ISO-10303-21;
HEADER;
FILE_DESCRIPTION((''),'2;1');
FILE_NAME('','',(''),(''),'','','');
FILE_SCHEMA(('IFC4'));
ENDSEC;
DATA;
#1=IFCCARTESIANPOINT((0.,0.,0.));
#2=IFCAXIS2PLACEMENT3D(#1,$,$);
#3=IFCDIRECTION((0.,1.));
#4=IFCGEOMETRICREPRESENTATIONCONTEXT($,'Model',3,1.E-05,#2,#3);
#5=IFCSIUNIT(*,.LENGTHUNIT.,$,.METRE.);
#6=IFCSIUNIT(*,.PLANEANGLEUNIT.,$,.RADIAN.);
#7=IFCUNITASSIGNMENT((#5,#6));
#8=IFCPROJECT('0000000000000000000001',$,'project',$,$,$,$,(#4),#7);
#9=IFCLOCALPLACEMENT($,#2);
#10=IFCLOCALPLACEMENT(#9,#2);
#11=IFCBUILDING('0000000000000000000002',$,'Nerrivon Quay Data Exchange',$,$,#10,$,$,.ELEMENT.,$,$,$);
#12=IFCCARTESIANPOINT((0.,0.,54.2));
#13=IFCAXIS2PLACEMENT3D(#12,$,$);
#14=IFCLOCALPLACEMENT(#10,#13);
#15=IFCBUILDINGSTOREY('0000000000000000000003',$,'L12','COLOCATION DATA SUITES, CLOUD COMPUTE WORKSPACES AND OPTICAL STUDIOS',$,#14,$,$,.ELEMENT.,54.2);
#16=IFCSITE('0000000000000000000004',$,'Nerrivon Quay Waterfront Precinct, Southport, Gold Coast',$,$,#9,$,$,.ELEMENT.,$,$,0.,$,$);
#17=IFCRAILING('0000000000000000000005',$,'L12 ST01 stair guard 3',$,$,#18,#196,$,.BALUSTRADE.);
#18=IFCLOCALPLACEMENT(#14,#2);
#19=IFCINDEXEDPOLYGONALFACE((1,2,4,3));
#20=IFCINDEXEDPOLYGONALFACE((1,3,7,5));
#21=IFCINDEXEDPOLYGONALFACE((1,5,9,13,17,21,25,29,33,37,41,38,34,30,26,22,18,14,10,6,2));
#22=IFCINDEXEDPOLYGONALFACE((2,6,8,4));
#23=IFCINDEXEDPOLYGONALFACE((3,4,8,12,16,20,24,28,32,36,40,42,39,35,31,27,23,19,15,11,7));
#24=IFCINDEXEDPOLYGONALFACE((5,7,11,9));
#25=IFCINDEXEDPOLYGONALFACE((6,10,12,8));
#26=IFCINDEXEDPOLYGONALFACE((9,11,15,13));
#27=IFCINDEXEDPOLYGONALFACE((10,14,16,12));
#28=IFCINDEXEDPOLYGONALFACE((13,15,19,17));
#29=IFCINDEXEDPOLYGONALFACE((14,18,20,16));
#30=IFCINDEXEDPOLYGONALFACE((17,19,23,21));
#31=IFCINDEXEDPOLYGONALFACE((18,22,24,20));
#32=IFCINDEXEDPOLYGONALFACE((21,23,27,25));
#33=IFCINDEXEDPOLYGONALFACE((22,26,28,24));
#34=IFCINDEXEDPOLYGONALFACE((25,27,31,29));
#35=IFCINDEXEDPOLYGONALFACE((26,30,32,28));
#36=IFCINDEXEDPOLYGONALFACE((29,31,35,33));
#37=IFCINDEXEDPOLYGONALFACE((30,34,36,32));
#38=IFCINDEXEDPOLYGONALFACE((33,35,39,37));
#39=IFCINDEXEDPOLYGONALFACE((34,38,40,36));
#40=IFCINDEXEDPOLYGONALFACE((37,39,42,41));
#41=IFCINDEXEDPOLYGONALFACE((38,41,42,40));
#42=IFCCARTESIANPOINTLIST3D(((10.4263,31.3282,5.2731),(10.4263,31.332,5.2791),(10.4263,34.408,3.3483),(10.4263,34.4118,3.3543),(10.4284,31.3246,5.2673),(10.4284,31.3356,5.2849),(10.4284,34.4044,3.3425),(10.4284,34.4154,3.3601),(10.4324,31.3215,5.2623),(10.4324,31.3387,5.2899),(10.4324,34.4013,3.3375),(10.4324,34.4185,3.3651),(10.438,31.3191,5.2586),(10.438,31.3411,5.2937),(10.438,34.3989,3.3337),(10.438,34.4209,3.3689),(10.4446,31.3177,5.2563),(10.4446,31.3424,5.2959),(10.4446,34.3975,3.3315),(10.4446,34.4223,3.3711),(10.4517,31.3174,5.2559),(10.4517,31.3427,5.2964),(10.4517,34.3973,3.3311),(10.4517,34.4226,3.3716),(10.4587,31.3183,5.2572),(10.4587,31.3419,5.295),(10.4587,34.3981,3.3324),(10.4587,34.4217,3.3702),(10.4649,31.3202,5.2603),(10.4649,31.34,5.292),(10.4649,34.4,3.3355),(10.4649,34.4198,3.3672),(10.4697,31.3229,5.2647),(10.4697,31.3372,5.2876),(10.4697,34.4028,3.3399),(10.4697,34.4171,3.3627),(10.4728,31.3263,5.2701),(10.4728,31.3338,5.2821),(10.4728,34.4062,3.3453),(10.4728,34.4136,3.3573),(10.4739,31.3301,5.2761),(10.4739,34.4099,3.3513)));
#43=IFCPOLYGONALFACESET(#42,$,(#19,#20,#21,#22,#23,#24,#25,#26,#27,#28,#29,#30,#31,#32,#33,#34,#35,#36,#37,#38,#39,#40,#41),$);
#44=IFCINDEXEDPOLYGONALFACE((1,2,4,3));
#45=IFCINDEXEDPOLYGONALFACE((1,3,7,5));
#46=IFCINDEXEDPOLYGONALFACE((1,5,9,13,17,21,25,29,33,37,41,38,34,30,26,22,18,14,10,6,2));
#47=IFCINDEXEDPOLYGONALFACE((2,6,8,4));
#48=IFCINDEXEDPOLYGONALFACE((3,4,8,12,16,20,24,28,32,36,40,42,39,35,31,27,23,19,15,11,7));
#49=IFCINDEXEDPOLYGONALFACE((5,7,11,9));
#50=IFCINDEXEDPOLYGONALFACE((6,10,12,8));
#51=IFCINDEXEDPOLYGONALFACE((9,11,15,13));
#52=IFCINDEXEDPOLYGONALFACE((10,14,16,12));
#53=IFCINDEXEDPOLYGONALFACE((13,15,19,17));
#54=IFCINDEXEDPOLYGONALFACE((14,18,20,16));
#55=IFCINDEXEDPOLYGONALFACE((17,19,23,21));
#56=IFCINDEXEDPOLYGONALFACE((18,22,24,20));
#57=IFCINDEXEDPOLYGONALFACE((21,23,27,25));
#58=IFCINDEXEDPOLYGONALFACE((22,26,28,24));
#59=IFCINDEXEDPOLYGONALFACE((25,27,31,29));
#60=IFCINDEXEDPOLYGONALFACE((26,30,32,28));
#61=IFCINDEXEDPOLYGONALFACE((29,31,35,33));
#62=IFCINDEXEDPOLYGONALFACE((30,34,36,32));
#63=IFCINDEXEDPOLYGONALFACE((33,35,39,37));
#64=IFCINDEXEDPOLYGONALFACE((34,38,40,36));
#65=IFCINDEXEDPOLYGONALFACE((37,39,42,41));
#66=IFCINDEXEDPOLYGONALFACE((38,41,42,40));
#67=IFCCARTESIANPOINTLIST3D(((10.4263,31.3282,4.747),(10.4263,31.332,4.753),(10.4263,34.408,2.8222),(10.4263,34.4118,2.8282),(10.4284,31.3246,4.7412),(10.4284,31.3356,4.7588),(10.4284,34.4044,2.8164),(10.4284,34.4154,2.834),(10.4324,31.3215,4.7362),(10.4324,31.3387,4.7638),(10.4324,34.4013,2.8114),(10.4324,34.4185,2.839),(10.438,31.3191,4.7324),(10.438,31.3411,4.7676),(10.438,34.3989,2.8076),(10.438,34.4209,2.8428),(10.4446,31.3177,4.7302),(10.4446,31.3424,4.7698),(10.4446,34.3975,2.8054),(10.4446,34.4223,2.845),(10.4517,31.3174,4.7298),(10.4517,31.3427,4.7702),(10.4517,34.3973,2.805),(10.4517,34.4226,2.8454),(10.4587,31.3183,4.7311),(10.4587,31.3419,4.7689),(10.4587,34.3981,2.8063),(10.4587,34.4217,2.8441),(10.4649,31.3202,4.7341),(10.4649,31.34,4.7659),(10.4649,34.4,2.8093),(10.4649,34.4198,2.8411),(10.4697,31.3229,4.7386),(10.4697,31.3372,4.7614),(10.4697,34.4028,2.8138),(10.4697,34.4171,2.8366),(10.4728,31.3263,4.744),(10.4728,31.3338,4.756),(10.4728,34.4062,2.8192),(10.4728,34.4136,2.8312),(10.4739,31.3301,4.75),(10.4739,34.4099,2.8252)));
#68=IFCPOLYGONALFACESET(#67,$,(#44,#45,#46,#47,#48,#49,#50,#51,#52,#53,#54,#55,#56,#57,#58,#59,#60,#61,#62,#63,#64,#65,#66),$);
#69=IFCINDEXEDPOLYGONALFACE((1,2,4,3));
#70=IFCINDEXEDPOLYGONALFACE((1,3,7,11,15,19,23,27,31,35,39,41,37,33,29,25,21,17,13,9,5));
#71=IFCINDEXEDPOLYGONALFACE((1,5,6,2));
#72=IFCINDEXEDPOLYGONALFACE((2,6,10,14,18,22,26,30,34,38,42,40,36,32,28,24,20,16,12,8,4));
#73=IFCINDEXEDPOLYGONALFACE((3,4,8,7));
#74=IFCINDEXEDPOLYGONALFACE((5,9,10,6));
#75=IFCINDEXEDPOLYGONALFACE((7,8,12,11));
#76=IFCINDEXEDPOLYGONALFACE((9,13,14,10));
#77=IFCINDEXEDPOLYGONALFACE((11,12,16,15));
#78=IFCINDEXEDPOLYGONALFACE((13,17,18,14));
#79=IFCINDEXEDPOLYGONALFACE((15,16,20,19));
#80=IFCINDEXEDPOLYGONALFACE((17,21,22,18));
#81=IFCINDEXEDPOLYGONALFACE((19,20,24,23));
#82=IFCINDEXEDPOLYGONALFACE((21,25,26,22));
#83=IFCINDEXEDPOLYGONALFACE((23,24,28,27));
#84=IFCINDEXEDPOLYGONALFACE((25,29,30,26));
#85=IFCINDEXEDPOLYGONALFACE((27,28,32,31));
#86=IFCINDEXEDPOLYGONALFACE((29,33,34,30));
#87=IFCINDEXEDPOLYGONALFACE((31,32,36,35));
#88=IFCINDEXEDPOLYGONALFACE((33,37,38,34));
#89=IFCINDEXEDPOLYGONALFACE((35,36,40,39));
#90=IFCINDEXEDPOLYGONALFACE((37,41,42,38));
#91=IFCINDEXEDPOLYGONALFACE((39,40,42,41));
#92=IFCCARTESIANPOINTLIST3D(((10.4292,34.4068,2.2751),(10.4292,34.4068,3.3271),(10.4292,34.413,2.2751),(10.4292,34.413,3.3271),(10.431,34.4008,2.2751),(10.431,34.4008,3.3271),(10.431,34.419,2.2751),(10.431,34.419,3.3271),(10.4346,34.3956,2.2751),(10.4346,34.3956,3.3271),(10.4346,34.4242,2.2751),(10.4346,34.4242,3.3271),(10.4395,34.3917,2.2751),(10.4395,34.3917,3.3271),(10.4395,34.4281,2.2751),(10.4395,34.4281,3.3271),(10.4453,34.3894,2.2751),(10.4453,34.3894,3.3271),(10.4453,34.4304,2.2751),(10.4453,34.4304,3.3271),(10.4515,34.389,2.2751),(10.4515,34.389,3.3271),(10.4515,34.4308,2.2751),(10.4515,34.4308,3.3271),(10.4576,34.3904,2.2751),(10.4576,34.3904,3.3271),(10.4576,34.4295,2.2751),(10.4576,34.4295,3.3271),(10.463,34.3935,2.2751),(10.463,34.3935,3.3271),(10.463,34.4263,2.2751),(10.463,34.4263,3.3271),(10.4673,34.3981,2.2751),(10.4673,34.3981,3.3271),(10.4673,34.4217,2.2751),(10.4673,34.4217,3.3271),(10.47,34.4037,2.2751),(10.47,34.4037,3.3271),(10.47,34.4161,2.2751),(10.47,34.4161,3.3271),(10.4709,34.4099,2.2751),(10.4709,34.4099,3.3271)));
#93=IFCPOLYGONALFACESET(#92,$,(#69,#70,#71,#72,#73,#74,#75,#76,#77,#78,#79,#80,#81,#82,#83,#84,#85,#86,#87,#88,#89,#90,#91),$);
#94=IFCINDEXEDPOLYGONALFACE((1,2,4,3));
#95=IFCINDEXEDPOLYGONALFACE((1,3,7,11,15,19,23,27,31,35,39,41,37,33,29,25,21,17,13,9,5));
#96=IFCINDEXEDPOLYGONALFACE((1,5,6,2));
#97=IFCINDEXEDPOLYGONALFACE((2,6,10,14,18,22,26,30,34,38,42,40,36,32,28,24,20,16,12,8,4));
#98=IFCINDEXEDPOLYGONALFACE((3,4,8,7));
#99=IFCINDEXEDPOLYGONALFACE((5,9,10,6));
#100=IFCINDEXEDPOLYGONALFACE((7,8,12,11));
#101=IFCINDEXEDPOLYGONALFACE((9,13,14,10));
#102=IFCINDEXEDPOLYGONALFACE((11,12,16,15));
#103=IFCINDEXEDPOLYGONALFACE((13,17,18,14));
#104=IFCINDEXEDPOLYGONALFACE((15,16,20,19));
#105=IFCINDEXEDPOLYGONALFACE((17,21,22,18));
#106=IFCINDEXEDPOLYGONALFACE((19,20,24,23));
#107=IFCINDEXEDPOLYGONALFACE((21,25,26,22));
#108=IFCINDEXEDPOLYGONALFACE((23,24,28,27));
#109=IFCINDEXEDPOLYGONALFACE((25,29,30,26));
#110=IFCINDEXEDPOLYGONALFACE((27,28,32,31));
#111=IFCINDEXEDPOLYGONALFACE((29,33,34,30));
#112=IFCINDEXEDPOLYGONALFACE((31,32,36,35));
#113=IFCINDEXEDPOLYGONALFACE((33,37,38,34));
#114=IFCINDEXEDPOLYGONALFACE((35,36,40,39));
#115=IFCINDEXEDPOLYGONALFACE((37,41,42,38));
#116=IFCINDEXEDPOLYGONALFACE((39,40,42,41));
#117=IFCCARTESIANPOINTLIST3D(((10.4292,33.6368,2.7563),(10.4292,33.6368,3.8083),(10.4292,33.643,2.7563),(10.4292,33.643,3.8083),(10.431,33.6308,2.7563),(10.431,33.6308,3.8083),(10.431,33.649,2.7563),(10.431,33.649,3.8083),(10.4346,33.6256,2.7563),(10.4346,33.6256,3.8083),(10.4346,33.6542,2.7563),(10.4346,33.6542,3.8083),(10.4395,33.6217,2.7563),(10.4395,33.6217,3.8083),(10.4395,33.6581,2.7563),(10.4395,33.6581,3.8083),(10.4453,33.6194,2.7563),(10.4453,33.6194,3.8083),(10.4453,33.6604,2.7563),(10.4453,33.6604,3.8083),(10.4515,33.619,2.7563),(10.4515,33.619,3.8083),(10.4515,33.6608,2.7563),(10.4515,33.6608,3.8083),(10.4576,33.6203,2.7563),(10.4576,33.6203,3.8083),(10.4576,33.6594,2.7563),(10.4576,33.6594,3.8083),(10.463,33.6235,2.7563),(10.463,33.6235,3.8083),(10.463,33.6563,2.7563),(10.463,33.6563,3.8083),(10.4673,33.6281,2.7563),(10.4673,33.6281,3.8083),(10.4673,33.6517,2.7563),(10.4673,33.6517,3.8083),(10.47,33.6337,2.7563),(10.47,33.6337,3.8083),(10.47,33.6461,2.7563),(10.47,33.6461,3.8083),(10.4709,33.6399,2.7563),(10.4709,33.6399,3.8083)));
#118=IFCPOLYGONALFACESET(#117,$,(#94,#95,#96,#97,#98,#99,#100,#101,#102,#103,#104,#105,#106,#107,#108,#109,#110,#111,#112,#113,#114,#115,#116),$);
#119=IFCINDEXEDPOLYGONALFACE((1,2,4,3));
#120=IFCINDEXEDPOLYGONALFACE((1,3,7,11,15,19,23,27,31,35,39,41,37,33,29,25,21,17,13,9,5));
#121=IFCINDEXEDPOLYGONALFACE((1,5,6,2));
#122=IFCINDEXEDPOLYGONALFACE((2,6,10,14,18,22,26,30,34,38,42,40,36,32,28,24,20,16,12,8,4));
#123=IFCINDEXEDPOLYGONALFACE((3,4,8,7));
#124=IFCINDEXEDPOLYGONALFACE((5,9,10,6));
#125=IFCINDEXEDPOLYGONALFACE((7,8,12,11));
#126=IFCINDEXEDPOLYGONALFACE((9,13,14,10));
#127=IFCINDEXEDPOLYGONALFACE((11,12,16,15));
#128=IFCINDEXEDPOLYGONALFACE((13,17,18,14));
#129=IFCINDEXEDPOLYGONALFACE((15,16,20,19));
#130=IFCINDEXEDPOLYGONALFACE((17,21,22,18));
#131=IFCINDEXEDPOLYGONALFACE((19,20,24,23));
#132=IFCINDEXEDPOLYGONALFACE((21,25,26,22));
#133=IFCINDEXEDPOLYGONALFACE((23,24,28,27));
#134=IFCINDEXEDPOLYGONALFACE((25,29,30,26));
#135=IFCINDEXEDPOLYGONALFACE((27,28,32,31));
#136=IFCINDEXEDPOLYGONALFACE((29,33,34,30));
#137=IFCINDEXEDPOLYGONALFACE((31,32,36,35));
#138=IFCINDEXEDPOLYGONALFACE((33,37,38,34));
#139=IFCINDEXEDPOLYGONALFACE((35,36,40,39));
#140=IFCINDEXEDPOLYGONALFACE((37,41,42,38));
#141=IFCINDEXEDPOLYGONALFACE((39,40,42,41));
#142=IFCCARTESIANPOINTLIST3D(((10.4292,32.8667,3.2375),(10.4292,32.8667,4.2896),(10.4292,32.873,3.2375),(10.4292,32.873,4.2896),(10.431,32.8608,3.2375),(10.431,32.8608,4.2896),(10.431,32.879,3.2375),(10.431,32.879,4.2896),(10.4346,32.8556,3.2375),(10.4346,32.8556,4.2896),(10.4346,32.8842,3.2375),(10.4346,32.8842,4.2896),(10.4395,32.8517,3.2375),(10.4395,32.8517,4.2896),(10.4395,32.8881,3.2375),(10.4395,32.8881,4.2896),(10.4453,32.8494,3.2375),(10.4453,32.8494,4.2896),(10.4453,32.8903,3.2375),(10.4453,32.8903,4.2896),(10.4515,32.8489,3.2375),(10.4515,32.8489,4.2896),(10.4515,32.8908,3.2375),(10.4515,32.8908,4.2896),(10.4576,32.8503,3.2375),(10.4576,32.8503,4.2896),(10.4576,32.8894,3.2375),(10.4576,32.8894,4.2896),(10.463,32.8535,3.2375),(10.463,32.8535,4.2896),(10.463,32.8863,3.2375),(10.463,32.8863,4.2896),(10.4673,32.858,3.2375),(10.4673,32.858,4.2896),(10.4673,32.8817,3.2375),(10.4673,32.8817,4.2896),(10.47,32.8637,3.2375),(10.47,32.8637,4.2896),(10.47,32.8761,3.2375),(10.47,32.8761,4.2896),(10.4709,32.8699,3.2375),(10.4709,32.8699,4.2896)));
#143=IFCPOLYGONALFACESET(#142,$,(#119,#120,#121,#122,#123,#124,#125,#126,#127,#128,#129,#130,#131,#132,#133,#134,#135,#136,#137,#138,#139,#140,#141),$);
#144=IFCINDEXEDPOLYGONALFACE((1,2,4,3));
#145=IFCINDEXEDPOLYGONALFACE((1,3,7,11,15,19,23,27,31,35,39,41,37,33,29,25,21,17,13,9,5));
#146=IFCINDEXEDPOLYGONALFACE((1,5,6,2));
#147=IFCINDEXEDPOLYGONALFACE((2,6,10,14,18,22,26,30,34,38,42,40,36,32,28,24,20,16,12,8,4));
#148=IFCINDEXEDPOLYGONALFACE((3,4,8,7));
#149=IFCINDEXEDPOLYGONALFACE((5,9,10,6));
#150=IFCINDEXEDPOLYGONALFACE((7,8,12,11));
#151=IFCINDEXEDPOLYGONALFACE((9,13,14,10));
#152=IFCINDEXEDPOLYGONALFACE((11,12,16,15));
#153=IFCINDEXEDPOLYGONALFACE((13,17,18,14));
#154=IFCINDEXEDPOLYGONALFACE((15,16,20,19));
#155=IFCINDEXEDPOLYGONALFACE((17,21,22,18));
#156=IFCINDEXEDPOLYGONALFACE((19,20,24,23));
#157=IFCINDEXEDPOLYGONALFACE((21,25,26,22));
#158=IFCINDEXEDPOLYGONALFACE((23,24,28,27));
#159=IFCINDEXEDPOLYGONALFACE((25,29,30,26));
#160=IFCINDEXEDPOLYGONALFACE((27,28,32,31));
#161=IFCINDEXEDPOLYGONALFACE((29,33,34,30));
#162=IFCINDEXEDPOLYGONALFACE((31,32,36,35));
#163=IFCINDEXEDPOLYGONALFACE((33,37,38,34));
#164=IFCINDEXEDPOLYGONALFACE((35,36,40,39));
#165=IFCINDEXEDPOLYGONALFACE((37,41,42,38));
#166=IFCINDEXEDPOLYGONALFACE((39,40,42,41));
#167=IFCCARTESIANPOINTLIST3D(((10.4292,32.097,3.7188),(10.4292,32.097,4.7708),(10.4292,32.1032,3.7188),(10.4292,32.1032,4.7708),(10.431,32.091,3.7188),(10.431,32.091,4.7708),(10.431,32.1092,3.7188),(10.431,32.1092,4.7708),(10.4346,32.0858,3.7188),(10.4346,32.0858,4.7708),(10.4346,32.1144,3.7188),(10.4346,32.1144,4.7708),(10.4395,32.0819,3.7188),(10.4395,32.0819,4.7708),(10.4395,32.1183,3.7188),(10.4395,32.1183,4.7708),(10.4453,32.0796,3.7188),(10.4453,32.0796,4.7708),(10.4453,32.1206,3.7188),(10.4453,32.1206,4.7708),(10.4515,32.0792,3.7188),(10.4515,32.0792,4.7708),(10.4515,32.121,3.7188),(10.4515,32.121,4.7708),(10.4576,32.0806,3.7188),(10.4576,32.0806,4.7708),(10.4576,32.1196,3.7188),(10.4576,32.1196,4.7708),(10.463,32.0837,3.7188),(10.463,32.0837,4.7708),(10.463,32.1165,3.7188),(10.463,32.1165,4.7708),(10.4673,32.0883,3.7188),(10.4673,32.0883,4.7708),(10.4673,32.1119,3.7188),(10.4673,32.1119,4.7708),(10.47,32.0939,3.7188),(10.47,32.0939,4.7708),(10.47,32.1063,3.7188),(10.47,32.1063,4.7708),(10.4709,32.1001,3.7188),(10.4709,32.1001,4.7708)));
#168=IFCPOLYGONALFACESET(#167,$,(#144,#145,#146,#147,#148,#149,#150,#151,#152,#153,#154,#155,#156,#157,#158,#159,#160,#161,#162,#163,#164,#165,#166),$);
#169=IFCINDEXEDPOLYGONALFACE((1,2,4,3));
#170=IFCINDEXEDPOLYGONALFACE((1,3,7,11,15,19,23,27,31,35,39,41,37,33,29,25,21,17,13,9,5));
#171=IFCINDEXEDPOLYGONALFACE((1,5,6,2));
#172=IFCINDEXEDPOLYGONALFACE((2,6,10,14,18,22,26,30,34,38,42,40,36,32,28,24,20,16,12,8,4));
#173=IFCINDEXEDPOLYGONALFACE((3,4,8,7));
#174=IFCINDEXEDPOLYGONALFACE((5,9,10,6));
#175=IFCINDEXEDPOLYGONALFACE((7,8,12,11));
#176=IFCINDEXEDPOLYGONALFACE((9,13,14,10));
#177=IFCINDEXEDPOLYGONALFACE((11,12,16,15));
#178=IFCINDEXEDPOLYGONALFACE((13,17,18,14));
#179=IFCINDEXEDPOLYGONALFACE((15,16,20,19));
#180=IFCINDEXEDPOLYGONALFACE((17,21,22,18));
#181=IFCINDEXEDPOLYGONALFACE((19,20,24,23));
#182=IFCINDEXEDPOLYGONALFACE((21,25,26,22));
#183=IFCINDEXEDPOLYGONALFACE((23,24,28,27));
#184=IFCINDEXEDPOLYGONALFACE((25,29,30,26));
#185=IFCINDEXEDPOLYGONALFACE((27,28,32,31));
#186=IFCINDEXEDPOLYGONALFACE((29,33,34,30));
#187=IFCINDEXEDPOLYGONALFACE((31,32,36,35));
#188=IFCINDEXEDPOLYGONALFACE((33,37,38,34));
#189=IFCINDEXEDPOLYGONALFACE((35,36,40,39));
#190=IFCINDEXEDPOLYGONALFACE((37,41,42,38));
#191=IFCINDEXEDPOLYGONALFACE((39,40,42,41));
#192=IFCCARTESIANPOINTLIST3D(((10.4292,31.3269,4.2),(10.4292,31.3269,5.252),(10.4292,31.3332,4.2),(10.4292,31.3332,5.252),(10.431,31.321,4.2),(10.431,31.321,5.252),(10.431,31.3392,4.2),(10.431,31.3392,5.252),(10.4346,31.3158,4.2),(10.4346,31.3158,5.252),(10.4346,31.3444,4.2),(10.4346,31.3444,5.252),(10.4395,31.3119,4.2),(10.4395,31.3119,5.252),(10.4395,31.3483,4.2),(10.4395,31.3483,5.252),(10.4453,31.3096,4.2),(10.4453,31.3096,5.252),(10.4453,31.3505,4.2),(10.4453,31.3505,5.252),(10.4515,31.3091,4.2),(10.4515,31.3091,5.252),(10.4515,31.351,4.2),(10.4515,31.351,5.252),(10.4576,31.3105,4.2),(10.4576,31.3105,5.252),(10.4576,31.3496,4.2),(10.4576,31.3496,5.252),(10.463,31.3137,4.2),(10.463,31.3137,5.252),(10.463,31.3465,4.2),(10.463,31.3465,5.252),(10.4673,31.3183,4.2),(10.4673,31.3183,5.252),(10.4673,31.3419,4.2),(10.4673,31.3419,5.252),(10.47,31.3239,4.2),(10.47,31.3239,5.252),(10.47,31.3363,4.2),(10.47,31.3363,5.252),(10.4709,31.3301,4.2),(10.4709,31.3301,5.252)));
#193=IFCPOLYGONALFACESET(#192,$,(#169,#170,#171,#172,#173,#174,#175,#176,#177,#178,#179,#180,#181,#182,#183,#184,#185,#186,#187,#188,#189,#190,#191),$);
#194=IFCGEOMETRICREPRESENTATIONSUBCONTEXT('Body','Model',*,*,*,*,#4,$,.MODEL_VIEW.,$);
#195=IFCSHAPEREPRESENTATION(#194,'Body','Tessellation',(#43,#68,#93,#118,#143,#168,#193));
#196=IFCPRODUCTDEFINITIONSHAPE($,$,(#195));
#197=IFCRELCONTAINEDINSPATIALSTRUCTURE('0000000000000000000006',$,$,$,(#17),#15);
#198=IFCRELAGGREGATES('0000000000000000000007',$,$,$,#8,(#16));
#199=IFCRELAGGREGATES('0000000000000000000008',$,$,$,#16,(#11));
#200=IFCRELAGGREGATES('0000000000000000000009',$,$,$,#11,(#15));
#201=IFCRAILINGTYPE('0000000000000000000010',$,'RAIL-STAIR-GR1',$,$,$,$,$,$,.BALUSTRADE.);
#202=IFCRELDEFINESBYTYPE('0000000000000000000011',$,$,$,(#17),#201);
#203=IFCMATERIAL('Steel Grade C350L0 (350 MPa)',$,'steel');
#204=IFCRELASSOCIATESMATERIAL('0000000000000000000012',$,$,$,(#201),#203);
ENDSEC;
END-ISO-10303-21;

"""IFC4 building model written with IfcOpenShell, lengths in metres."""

from ifc_helpers import new_model, si_unit, direction, frame, origin, origin_2d, place, context, subcontext, project, spatial, circle, extrude, material, type_object, element, save


model = new_model("IFC4")

# Units and contexts
model_context = context("Model", 3, precision=1e-05, world=origin(), true_north=direction((0.0, 1.0)))
body_context = subcontext(model_context, "Body", "Model", "MODEL_VIEW")
ifc_project = project(units=[si_unit("LENGTHUNIT", "METRE"), si_unit("PLANEANGLEUNIT", "RADIAN")], contexts=[model_context])

# Site, building, storey
site_placement = place(None, origin())
site = spatial("IfcSite", under=ifc_project, at=site_placement, Name="Nerrivon Quay Waterfront Precinct, Southport, Gold Coast", CompositionType="ELEMENT", RefElevation=0.0)
building_placement = place(site_placement, origin())
building = spatial("IfcBuilding", under=site, at=building_placement, Name="Nerrivon Quay Data Exchange", CompositionType="ELEMENT")
storey_placement = place(building_placement, frame((0.0, 0.0, 54.2)))
storey = spatial("IfcBuildingStorey", under=building, at=storey_placement, Name="L12", Description="COLOCATION DATA SUITES, CLOUD COMPUTE WORKSPACES AND OPTICAL STUDIOS", CompositionType="ELEMENT", Elevation=54.2)

# Railing
ifc_material_1 = material(Name="Steel Grade C350L0 (350 MPa)", Category="steel")
railing_type = type_object("IfcRailingType", Name="RAIL-STAIR-GR1", PredefinedType="BALUSTRADE", material=ifc_material_1)
railing_1_placement = place(storey_placement, frame((10.45, 34.4099, 2.2751)))
element("IfcRailing", 1, at=railing_1_placement, inside=storey, type_object=railing_type, Name="L12 ST01 stair guard 3", PredefinedType="BALUSTRADE", context=body_context, shape_type="SweptSolid", body=[
    extrude(circle(Radius=0.0239, at=origin_2d()), frame((0.0, 0.0, 1.0762), z_axis=(0.0, -0.84801, 0.529981), x_axis=(1.0, 0.0, 0.0)), (0.0, 0.0, 1.0), 3.6318),
    extrude(circle(Radius=0.0239, at=origin_2d()), frame((0.0, 0.0, 0.55), z_axis=(0.0, -0.84801, 0.529981), x_axis=(1.0, 0.0, 0.0)), (0.0, 0.0, 1.0), 3.6318),
    extrude(circle(Radius=0.021, at=origin_2d()), origin(), (0.0, 0.0, 1.0), 1.052),
    extrude(circle(Radius=0.021, at=origin_2d()), frame((0.0, -0.77, 0.4812)), (0.0, 0.0, 1.0), 1.052),
    extrude(circle(Radius=0.021, at=origin_2d()), frame((0.0, -1.54, 0.9624)), (0.0, 0.0, 1.0), 1.052),
    extrude(circle(Radius=0.021, at=origin_2d()), frame((0.0, -2.3098, 1.4436)), (0.0, 0.0, 1.0), 1.052),
    extrude(circle(Radius=0.021, at=origin_2d()), frame((0.0, -3.0798, 1.9248)), (0.0, 0.0, 1.0), 1.052),
])

save(model, "model.ifc")
